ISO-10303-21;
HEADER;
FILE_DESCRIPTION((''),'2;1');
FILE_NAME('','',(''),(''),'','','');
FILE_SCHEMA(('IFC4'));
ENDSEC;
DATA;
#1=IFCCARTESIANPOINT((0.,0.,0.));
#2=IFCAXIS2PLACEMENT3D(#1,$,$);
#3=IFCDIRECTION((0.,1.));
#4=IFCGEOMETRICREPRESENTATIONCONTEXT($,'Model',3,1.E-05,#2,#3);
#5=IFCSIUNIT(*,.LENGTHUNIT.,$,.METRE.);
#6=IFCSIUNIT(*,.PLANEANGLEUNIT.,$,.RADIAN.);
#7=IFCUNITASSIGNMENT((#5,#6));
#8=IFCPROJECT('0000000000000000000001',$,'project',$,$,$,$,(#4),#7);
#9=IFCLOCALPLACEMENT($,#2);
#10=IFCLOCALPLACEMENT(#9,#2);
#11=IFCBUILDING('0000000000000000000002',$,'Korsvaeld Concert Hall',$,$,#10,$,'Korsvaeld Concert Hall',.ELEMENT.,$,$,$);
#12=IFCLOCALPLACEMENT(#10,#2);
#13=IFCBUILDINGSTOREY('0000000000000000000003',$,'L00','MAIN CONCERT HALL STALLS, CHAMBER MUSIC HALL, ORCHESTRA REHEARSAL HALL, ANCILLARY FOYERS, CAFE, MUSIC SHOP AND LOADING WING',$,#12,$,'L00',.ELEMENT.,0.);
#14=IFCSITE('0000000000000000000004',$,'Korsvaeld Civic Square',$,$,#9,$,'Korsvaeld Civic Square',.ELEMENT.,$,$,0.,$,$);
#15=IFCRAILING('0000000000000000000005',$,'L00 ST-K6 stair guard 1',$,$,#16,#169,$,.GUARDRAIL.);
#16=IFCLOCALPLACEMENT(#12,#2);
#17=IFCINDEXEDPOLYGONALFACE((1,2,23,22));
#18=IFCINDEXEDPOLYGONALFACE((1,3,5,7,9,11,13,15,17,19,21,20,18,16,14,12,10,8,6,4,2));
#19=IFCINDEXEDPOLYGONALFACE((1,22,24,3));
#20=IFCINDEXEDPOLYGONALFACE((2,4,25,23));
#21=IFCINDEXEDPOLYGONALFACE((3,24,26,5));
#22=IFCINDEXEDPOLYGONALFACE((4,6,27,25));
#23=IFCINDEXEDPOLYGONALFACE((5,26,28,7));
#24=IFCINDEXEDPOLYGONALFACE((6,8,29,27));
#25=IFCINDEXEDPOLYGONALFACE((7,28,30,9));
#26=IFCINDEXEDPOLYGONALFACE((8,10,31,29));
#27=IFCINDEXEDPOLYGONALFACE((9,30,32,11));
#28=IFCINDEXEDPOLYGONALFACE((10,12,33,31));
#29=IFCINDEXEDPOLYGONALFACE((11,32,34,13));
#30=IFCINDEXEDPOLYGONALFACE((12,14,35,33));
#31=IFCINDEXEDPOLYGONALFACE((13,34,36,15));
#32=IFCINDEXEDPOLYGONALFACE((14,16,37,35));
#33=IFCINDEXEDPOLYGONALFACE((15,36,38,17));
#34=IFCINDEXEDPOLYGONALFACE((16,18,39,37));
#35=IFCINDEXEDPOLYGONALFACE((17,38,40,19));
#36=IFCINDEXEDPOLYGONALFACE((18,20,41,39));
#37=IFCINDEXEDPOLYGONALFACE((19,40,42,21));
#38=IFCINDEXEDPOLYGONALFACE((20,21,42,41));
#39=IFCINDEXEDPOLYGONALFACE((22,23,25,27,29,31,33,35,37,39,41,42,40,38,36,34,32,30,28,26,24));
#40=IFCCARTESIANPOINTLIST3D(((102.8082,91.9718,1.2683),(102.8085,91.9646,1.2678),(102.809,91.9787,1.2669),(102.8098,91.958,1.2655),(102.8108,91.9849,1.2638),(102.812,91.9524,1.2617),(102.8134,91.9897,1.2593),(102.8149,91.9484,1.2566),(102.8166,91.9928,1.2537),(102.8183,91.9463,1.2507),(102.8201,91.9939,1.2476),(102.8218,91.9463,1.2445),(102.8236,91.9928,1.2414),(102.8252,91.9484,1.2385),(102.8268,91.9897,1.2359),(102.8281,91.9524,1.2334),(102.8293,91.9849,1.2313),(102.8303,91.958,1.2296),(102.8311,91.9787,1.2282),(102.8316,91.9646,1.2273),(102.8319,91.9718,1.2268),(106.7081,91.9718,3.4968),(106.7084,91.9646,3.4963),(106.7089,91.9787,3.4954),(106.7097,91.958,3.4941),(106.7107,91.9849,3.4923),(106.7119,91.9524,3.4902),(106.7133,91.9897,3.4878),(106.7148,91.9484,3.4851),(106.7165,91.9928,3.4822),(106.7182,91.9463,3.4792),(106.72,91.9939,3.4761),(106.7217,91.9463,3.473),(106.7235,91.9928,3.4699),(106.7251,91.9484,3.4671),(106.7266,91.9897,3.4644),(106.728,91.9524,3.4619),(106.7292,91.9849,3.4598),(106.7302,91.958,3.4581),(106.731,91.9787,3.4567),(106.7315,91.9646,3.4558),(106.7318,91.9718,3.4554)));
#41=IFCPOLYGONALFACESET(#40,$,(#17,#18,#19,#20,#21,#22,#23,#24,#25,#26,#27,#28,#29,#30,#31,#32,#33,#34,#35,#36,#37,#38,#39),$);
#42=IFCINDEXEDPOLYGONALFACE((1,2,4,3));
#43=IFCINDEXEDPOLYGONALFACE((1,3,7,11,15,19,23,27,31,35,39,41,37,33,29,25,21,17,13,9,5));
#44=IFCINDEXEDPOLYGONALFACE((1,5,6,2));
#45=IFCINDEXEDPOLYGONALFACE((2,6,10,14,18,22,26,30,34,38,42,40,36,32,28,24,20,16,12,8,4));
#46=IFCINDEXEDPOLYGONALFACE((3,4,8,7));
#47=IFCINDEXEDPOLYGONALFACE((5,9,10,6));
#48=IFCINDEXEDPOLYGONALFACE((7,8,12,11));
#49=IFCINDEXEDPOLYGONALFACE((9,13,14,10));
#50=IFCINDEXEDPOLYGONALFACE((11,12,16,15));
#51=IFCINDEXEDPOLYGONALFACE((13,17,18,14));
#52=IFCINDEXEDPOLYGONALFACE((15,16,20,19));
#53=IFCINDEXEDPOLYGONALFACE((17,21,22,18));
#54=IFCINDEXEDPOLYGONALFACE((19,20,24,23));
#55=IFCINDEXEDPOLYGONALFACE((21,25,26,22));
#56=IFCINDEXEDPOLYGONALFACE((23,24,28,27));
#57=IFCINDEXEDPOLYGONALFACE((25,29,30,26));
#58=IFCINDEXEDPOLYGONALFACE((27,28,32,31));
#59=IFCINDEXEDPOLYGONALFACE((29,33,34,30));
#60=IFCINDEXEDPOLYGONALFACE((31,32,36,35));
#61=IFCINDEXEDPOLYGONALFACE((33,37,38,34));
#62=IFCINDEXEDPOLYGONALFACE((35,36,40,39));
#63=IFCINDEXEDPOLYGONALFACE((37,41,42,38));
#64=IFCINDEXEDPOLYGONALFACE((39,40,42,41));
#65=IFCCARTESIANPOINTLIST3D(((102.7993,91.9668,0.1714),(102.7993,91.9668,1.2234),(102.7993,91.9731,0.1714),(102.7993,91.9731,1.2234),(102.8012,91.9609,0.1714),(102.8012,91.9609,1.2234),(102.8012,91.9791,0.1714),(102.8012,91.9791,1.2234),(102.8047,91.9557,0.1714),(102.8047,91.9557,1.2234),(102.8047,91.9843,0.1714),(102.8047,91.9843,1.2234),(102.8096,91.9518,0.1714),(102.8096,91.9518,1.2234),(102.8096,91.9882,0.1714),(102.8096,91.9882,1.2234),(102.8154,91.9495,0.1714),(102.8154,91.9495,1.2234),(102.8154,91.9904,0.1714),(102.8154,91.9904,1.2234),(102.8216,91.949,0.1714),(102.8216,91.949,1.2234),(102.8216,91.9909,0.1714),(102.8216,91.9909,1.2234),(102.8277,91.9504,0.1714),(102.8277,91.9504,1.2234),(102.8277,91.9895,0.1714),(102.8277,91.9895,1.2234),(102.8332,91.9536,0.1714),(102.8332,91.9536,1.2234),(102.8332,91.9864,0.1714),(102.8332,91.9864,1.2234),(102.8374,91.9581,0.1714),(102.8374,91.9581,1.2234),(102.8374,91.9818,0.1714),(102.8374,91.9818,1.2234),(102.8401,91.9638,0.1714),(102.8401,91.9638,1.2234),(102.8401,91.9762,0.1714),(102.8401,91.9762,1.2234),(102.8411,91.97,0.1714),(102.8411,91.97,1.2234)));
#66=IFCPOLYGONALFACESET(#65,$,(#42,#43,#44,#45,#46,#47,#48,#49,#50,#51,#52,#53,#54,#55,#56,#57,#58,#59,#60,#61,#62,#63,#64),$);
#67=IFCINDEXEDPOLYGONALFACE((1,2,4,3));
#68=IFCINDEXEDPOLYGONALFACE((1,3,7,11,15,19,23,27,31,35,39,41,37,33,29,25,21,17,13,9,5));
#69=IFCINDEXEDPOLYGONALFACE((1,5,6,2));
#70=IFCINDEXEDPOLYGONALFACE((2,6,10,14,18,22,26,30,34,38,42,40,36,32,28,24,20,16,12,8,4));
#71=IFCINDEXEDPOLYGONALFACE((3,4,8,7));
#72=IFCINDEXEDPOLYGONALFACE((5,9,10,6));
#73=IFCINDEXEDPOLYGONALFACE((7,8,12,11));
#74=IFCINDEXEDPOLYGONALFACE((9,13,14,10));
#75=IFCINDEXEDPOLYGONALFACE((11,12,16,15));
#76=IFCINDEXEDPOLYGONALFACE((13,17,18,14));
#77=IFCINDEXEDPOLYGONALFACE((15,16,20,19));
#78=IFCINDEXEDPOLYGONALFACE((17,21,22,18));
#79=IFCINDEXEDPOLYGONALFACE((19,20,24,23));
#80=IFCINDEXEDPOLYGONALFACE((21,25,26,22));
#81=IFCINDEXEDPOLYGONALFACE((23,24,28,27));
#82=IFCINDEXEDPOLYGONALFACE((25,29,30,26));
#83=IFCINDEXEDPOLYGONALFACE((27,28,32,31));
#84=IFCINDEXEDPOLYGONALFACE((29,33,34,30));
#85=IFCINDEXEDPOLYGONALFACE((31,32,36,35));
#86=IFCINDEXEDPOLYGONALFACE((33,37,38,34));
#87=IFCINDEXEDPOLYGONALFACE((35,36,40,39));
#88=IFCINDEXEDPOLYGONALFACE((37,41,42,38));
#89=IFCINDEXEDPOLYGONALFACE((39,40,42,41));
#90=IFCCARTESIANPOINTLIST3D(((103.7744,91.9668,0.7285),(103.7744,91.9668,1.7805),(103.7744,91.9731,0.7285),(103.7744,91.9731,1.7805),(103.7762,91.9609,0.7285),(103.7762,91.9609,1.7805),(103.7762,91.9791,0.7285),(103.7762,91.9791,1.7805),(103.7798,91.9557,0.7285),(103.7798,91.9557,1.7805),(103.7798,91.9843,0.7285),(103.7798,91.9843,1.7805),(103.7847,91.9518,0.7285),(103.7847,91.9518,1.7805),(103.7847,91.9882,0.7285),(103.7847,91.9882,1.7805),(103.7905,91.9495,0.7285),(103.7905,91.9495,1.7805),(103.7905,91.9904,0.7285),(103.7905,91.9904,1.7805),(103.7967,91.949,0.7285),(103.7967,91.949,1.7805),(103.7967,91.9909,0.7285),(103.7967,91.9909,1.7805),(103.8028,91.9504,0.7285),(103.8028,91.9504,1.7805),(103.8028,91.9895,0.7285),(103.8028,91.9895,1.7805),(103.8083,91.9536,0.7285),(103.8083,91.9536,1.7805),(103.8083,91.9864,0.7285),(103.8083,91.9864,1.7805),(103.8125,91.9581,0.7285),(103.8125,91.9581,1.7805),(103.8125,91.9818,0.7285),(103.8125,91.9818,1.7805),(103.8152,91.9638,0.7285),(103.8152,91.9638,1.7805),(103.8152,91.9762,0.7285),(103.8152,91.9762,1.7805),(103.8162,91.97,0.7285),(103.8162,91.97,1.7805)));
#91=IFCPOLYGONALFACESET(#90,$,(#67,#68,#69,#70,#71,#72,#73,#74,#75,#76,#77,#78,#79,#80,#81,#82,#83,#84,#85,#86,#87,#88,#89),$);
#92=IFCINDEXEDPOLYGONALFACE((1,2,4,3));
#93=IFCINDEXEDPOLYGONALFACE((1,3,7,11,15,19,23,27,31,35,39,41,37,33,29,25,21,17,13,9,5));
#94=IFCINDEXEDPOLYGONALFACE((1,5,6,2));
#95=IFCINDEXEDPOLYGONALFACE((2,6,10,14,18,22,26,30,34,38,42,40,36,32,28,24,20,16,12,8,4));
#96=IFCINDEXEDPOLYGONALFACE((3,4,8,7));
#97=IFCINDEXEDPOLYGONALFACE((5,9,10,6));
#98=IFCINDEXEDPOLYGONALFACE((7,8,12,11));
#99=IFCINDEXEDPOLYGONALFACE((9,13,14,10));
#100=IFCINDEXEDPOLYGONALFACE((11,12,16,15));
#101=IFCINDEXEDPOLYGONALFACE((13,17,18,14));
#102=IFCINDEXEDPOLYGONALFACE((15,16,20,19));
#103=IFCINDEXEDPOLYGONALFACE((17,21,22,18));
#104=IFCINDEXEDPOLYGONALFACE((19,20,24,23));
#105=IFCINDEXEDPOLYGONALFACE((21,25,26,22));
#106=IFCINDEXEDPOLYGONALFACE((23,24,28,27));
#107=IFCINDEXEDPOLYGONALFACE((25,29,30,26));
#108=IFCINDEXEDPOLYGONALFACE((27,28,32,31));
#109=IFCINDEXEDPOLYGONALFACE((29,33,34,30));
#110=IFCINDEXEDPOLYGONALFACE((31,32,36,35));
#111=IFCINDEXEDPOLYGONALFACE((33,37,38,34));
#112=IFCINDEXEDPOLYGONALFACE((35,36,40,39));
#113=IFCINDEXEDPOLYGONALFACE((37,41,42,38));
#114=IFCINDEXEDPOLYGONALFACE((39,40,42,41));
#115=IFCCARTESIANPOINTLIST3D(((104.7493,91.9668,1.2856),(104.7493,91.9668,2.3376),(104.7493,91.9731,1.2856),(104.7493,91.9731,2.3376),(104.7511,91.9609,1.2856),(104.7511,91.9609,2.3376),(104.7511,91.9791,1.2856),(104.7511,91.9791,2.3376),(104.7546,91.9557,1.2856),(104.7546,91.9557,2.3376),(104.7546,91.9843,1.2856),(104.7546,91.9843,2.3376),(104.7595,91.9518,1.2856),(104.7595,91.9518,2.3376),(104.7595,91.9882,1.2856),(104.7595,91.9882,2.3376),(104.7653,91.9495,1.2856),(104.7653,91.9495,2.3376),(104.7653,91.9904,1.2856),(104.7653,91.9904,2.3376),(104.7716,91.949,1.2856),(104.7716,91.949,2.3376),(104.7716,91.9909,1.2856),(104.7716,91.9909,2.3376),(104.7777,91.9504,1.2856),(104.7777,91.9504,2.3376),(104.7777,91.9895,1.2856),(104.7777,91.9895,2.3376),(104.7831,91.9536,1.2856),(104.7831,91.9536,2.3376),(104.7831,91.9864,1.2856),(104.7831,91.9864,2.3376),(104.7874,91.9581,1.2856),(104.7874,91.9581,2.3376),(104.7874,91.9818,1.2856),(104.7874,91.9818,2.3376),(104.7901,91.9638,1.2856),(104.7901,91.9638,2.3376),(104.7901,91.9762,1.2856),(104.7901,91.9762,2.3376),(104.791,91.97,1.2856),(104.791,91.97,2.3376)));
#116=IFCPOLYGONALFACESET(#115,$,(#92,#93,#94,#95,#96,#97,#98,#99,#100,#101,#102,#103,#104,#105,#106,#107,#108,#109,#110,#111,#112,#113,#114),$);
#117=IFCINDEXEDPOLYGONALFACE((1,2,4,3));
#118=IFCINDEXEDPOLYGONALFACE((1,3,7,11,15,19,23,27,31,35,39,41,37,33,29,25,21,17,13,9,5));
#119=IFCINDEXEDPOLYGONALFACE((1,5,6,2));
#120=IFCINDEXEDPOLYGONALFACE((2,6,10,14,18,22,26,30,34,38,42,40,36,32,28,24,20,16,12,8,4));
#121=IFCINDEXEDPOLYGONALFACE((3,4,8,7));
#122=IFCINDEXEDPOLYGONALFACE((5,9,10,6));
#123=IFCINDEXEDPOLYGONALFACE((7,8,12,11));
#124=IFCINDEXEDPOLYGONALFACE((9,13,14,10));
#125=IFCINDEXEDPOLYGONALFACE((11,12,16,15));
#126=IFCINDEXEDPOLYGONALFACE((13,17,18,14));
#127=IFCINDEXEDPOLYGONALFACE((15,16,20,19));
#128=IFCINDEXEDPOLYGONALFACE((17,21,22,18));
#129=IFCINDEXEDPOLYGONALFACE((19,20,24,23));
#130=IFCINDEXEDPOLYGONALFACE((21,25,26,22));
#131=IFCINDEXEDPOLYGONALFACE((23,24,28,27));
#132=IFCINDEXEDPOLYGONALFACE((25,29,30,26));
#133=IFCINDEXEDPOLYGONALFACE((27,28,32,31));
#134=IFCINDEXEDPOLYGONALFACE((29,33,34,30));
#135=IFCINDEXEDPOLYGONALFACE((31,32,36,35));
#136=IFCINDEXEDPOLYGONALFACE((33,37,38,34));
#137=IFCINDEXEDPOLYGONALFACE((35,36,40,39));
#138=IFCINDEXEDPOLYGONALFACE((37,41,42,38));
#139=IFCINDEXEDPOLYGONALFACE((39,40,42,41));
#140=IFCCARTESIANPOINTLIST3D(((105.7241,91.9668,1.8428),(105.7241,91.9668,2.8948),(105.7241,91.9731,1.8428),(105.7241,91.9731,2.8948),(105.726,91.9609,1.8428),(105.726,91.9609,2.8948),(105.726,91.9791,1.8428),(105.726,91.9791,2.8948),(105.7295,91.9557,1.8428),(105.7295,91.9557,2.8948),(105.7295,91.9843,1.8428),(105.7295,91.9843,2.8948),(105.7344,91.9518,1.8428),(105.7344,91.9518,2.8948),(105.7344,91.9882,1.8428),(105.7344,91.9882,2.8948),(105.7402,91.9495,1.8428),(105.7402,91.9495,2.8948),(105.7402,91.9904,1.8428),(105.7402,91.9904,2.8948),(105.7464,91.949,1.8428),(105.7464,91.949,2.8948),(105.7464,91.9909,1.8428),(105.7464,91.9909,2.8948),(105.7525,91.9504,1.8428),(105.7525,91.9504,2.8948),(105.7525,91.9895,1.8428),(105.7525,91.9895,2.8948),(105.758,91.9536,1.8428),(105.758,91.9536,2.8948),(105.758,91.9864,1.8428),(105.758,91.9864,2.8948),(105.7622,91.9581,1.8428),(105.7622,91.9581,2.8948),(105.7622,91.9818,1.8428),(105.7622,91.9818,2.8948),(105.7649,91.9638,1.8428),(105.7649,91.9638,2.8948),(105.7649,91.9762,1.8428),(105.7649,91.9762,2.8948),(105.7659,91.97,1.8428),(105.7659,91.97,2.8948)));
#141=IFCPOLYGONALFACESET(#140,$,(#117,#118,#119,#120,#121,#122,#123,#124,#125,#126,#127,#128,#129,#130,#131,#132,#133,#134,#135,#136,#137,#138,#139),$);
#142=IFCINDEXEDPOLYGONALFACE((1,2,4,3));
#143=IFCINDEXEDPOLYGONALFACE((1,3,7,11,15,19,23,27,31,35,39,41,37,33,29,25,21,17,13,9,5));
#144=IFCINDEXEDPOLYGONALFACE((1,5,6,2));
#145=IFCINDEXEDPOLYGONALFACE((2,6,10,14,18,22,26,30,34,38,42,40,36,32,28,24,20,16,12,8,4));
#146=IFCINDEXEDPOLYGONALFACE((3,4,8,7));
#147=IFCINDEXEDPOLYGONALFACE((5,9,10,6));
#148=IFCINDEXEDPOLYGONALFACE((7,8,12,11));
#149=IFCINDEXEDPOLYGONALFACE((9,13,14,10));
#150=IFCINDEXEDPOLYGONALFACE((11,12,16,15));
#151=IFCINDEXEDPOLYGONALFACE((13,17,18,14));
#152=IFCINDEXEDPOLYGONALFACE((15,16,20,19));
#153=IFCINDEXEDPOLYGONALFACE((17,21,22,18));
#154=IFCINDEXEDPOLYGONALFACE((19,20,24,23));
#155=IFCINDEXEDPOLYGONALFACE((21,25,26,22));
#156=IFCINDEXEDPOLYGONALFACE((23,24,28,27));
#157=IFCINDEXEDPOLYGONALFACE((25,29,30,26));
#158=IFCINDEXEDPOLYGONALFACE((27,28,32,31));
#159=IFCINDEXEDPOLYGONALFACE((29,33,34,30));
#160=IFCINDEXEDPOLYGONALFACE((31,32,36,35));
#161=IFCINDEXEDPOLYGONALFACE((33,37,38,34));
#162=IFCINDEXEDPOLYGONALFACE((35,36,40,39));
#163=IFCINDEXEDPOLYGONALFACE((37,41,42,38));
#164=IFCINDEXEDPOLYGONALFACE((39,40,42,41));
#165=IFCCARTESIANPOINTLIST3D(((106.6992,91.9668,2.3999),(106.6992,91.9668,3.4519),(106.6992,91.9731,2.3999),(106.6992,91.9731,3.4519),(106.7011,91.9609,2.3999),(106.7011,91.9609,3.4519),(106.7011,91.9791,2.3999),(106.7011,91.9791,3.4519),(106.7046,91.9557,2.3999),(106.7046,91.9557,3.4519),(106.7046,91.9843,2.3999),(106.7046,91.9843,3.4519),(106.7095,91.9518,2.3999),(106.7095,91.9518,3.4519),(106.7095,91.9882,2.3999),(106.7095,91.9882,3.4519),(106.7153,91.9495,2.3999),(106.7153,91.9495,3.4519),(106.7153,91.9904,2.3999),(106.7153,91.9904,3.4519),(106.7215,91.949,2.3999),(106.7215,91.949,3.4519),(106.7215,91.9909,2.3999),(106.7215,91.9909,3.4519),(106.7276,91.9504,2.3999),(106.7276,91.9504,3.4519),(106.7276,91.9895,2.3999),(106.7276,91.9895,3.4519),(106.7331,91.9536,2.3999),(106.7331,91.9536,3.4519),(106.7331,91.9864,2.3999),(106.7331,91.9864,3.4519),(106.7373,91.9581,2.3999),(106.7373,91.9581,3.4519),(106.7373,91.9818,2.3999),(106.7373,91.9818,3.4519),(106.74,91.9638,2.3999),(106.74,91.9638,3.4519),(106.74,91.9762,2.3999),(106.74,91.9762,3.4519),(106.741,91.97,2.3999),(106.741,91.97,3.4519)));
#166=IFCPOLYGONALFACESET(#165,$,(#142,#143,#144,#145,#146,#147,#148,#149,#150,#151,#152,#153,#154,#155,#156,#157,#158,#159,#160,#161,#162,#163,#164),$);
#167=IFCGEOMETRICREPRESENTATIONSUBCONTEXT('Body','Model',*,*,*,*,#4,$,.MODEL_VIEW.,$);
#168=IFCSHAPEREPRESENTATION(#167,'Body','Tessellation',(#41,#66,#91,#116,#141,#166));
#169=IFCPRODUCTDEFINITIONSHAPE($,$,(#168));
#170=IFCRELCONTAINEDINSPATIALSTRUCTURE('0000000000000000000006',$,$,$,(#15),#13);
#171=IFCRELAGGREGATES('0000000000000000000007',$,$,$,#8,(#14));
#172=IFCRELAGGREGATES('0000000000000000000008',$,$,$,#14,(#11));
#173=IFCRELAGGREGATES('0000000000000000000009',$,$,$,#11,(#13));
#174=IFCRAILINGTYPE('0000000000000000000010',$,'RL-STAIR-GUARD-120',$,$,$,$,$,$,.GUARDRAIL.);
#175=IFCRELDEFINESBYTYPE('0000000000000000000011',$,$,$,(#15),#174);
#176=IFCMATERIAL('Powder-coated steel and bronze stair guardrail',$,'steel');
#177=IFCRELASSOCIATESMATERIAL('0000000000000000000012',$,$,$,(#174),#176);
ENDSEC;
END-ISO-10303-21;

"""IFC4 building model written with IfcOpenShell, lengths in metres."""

from ifc_helpers import new_model, si_unit, direction, frame, origin, origin_2d, place, context, subcontext, project, spatial, circle, extrude, material, type_object, element, save


model = new_model("IFC4")

# Units and contexts
model_context = context("Model", 3, precision=1e-05, world=origin(), true_north=direction((0.0, 1.0)))
body_context = subcontext(model_context, "Body", "Model", "MODEL_VIEW")
ifc_project = project(units=[si_unit("LENGTHUNIT", "METRE"), si_unit("PLANEANGLEUNIT", "RADIAN")], contexts=[model_context])

# Site, building, storey
site_placement = place(None, origin())
site = spatial("IfcSite", under=ifc_project, at=site_placement, Name="Korsvaeld Civic Square", LongName="Korsvaeld Civic Square", CompositionType="ELEMENT", RefElevation=0.0)
building_placement = place(site_placement, origin())
building = spatial("IfcBuilding", under=site, at=building_placement, Name="Korsvaeld Concert Hall", LongName="Korsvaeld Concert Hall", CompositionType="ELEMENT")
storey_placement = place(building_placement, origin())
storey = spatial("IfcBuildingStorey", under=building, at=storey_placement, Name="L00", Description="MAIN CONCERT HALL STALLS, CHAMBER MUSIC HALL, ORCHESTRA REHEARSAL HALL, ANCILLARY FOYERS, CAFE, MUSIC SHOP AND LOADING WING", LongName="L00", CompositionType="ELEMENT", Elevation=0.0)

# Railing
ifc_material_1 = material(Name="Powder-coated steel and bronze stair guardrail", Category="steel")
railing_type_1 = type_object("IfcRailingType", Name="RL-STAIR-GUARD-120", PredefinedType="GUARDRAIL", material=ifc_material_1)
railing_1_placement = place(storey_placement, frame((102.8201, 91.97, 0.1714)))
element("IfcRailing", 1, at=railing_1_placement, inside=storey, type_object=railing_type_1, Name="L00 ST-K6 stair guard 1", PredefinedType="GUARDRAIL", context=body_context, shape_type="SweptSolid", body=[
    extrude(circle(Radius=0.0239, at=origin_2d()), frame((0.0, 0.0, 1.0762), z_axis=(0.868243, 0.0, 0.496139), x_axis=(0.0, 1.0, 0.0)), (0.0, 0.0, 1.0), 4.4917),
    extrude(circle(Radius=0.021, at=origin_2d()), origin(), (0.0, 0.0, 1.0), 1.052),
    extrude(circle(Radius=0.021, at=origin_2d()), frame((0.9751, 0.0, 0.5571)), (0.0, 0.0, 1.0), 1.052),
    extrude(circle(Radius=0.021, at=origin_2d()), frame((1.95, 0.0, 1.1143)), (0.0, 0.0, 1.0), 1.052),
    extrude(circle(Radius=0.021, at=origin_2d()), frame((2.9248, 0.0, 1.6714)), (0.0, 0.0, 1.0), 1.052),
    extrude(circle(Radius=0.021, at=origin_2d()), frame((3.8999, 0.0, 2.2285)), (0.0, 0.0, 1.0), 1.052),
])

save(model, "model.ifc")
